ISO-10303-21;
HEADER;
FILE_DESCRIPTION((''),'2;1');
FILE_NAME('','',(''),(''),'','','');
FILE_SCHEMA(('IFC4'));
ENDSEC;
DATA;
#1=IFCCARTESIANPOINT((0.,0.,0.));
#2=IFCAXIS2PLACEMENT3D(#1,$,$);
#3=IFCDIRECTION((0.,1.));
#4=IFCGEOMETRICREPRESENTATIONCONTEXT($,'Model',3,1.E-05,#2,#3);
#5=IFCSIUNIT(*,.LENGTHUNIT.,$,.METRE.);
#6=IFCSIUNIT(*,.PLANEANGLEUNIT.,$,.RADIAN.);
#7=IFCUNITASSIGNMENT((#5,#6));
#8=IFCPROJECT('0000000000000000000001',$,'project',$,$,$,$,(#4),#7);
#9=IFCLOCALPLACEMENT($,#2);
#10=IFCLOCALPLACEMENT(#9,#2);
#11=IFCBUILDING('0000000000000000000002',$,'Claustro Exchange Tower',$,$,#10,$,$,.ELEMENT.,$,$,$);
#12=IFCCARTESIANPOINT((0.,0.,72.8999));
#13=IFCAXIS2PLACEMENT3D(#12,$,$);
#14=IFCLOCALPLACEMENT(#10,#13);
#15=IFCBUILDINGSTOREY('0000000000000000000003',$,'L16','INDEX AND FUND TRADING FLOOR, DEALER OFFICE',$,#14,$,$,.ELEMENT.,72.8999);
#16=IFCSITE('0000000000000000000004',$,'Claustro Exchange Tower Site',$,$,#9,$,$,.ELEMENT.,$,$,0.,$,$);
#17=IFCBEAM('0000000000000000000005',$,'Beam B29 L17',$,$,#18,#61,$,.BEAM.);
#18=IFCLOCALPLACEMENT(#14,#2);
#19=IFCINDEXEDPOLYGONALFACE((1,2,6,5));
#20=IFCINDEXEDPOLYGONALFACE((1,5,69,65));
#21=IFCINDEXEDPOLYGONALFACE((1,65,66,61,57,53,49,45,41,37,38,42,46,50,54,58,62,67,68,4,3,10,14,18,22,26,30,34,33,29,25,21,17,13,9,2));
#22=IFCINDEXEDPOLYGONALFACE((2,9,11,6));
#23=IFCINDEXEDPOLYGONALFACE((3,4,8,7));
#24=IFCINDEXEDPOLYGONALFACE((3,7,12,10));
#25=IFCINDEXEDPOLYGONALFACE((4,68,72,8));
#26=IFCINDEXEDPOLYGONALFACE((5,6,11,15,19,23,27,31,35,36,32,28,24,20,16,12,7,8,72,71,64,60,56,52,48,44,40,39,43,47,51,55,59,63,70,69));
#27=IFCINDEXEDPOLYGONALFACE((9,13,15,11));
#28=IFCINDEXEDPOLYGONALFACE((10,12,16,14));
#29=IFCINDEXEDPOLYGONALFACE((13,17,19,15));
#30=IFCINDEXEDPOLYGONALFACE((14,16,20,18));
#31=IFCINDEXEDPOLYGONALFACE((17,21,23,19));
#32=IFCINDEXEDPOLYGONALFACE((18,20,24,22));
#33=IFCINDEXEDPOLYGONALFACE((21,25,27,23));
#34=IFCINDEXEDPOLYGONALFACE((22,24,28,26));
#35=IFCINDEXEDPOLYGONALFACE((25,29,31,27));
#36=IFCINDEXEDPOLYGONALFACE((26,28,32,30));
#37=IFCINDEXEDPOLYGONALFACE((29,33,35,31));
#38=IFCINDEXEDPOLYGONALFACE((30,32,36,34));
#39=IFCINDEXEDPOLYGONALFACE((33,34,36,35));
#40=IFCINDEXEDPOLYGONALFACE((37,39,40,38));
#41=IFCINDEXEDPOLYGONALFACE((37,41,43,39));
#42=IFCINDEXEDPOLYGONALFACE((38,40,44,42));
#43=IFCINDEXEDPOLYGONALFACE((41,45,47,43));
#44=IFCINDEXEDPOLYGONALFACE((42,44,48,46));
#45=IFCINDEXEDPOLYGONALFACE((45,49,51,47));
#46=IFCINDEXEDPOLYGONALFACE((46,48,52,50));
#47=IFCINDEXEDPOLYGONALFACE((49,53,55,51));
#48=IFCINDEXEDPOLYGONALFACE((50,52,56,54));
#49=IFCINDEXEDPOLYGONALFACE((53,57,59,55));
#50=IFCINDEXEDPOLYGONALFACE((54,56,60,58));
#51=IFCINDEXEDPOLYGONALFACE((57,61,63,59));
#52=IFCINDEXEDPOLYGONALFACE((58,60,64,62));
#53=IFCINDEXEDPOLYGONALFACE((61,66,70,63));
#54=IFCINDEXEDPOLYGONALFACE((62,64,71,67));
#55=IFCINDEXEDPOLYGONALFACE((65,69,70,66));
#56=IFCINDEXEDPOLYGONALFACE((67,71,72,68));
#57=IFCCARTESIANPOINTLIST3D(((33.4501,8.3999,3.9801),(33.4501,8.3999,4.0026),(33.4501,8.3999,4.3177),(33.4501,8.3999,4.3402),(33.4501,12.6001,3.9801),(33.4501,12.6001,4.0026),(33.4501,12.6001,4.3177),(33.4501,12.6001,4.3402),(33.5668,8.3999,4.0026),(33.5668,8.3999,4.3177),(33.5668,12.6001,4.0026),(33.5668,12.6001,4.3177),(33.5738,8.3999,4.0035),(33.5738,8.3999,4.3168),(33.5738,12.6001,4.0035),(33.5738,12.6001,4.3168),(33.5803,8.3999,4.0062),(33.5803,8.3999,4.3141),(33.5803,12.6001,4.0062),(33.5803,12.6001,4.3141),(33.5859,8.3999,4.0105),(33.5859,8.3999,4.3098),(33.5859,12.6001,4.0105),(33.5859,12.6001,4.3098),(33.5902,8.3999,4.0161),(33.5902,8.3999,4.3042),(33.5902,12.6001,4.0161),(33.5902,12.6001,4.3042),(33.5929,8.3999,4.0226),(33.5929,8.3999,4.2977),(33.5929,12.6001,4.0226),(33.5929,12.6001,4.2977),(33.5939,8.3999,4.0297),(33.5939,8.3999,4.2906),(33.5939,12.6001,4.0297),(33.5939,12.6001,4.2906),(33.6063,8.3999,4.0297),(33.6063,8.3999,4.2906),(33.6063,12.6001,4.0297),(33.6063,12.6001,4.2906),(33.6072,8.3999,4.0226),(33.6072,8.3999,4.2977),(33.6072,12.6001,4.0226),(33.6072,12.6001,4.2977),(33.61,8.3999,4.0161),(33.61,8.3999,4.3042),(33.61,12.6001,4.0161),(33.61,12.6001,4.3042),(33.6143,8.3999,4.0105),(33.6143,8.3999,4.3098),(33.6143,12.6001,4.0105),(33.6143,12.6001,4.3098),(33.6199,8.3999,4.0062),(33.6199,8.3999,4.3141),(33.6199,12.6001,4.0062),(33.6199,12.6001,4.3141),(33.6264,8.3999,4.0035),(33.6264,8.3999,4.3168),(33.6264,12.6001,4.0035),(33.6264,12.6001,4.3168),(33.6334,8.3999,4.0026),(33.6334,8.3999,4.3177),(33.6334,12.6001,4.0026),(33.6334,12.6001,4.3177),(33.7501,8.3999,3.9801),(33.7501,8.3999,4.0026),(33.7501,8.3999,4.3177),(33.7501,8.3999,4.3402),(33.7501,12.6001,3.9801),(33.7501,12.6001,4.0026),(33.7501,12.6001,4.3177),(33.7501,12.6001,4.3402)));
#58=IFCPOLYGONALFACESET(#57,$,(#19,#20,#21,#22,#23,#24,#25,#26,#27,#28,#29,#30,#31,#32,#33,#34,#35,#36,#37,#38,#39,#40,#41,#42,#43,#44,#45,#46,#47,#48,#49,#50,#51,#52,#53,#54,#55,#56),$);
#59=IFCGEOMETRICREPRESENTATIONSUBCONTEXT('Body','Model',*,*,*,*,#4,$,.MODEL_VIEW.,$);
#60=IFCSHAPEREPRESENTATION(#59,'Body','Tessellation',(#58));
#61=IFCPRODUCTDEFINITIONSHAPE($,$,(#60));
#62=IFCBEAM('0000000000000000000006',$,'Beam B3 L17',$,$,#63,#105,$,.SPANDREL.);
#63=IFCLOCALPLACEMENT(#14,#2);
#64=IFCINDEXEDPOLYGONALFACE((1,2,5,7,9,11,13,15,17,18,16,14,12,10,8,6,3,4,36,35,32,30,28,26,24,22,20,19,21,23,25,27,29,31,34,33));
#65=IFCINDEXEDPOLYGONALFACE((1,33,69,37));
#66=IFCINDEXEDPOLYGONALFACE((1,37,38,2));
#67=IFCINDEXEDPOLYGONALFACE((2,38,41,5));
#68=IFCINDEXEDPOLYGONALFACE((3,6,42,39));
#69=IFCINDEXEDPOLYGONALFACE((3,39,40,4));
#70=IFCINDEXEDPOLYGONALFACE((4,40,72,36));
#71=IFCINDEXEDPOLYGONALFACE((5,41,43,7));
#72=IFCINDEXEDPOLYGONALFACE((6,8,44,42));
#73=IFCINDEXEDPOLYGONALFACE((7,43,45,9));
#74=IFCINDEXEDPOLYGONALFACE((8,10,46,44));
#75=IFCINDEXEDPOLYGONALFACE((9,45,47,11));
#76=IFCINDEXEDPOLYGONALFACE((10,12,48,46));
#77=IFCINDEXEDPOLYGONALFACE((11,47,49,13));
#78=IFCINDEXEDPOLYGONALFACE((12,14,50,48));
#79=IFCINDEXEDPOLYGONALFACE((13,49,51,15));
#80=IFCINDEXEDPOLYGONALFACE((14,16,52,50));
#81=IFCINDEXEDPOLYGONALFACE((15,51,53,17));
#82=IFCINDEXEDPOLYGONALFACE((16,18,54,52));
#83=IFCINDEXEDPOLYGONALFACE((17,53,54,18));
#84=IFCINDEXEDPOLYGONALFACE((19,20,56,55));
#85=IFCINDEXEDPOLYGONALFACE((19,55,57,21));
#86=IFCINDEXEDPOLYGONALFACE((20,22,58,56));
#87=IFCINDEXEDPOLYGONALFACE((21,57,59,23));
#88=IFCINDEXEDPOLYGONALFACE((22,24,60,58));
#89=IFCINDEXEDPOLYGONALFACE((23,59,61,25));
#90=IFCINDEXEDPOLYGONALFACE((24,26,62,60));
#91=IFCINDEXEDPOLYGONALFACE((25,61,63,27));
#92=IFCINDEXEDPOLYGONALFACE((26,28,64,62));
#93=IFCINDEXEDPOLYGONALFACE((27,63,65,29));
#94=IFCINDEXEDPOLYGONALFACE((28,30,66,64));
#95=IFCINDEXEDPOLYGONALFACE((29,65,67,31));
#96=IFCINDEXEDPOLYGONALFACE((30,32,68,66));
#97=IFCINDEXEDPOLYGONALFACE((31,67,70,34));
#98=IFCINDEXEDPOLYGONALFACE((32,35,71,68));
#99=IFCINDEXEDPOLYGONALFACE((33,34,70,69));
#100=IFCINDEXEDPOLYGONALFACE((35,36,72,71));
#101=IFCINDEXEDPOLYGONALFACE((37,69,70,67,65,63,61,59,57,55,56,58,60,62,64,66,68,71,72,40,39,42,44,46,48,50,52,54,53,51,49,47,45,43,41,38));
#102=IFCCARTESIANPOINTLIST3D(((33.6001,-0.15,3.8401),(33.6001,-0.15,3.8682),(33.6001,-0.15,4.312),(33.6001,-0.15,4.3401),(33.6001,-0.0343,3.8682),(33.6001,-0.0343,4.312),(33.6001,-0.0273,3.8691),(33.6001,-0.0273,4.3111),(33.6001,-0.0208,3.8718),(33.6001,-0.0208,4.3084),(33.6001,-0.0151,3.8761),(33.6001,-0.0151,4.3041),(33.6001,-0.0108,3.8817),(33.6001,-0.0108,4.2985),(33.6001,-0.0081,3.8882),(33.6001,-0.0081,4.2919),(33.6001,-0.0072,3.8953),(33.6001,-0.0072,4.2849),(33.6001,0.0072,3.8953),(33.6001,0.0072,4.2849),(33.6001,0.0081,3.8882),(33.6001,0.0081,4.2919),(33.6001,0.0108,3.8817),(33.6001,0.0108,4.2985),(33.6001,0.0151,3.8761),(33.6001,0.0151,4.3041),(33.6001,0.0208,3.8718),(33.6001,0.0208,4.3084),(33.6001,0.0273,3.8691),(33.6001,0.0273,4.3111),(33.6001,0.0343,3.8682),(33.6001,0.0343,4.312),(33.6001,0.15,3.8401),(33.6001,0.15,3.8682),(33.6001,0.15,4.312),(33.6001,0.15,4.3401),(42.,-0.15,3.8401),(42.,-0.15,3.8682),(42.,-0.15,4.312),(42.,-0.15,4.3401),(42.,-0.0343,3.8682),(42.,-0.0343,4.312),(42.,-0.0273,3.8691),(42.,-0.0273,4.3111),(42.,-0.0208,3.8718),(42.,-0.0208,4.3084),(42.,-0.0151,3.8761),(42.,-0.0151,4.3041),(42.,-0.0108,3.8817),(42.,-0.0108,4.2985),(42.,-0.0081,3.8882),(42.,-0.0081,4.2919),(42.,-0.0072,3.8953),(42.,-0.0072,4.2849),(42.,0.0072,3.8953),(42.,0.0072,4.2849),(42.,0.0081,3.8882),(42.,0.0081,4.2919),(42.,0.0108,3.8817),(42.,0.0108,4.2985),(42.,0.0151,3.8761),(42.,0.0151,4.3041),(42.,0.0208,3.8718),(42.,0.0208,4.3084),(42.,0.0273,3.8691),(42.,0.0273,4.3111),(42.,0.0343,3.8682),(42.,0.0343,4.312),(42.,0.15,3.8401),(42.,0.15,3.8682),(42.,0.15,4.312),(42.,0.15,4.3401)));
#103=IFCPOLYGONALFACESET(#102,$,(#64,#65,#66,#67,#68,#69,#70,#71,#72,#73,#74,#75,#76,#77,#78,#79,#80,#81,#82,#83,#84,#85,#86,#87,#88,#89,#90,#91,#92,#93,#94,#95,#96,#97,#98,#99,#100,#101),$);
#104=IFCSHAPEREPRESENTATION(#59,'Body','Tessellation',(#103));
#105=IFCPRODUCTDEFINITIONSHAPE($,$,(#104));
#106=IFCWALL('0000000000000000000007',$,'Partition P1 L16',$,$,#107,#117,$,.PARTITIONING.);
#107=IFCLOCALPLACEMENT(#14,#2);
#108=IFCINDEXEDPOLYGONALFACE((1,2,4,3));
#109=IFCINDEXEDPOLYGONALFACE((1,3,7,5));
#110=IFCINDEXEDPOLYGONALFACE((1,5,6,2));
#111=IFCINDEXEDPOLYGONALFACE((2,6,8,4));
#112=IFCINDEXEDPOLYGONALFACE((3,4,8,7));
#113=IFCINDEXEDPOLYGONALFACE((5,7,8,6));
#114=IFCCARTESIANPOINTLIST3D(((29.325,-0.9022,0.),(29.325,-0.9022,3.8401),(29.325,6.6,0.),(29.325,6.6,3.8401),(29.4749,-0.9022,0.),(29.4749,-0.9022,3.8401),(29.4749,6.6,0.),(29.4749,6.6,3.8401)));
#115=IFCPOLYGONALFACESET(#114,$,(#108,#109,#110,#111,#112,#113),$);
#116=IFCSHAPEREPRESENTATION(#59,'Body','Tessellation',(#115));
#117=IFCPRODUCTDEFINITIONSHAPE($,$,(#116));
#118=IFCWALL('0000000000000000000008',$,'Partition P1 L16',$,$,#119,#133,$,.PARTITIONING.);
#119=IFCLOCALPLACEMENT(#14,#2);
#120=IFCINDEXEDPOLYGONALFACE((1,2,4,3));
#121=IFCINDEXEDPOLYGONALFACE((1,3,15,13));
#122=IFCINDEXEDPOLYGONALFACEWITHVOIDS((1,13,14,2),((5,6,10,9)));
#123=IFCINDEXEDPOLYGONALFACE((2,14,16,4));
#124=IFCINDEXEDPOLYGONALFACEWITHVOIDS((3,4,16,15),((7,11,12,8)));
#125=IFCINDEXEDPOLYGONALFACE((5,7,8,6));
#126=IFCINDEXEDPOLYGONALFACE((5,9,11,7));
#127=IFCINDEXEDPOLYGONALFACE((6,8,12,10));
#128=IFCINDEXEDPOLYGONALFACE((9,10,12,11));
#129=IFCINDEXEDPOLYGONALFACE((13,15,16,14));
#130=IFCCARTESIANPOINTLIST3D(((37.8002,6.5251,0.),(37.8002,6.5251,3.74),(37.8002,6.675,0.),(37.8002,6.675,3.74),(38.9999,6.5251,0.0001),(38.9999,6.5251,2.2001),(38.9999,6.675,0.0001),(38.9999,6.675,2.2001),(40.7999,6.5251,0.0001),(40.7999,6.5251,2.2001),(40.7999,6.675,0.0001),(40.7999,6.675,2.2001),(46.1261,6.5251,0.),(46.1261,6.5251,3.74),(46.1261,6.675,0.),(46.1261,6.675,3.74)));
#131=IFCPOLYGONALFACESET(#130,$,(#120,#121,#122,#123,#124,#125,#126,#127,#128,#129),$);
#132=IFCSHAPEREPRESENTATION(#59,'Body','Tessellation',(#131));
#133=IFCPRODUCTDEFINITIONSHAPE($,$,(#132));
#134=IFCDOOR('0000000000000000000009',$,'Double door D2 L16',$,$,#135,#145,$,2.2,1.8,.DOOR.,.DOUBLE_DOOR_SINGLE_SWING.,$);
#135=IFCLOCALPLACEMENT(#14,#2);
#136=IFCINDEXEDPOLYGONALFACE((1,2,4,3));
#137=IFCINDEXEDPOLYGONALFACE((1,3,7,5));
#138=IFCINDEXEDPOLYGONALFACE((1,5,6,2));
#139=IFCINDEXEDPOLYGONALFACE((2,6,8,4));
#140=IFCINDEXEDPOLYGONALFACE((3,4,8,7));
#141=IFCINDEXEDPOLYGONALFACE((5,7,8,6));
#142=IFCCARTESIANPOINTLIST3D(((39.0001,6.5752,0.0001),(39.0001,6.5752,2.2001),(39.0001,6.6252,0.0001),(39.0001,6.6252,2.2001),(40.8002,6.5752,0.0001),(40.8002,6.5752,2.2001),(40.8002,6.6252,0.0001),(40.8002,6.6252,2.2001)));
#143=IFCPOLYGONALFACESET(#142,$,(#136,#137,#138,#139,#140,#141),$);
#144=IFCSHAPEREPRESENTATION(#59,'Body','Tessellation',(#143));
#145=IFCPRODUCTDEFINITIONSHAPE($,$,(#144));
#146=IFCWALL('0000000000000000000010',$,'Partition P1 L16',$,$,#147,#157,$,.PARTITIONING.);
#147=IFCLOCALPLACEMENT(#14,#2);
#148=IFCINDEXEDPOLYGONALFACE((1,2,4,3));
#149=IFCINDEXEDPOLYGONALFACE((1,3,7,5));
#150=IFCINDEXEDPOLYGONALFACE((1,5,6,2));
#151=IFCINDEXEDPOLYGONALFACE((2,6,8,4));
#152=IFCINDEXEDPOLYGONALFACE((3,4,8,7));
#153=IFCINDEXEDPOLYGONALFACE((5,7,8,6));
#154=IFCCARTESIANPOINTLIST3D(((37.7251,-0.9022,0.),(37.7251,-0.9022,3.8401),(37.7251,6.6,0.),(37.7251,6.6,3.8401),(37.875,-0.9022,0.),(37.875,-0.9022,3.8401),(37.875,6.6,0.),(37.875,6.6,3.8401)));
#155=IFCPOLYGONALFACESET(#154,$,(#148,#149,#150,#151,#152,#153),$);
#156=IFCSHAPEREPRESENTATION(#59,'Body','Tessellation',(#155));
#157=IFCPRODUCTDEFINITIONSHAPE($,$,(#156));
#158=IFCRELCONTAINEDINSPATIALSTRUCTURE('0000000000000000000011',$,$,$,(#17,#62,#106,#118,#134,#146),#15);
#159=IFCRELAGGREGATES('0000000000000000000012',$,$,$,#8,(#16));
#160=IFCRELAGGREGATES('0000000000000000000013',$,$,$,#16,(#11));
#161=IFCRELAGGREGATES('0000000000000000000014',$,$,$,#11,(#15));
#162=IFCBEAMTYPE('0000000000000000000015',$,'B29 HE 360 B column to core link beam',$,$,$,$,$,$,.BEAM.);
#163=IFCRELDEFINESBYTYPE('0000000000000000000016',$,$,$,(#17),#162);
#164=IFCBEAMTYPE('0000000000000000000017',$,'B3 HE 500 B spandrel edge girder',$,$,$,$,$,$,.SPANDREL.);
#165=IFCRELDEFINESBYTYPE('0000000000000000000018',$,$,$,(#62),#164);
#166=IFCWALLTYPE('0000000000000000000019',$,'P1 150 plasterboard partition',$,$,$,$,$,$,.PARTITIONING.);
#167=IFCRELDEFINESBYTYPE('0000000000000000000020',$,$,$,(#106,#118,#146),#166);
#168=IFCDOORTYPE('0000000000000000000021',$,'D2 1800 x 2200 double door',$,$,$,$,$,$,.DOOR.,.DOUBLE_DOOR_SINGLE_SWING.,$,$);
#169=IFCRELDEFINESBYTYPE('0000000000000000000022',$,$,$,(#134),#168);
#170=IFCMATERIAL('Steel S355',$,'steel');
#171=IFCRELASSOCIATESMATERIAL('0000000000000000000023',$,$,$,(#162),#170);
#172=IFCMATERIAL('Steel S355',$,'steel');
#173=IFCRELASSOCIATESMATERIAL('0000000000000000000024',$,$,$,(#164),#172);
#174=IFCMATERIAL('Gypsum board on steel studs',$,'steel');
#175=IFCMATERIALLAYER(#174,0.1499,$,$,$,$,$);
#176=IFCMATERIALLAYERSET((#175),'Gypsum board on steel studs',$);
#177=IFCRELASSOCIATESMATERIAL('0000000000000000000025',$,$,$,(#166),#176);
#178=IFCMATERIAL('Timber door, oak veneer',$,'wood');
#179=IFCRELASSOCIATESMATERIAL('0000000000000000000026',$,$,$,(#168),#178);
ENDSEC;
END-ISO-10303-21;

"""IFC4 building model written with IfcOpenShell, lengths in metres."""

from ifc_helpers import new_model, si_unit, direction, frame, frame_2d, origin, origin_2d, place, context, subcontext, project, spatial, rectangle, i_section, extrude, material, layer, layer_set, material_profile, profile_set, type_object, element, fill, save


model = new_model("IFC4")

# Units and contexts
model_context = context("Model", 3, precision=1e-05, world=origin(), true_north=direction((0.0, 1.0)))
body_context = subcontext(model_context, "Body", "Model", "MODEL_VIEW")
ifc_project = project(units=[si_unit("LENGTHUNIT", "METRE"), si_unit("PLANEANGLEUNIT", "RADIAN")], contexts=[model_context])

# Site, building, storey
site_placement = place(None, origin())
site = spatial("IfcSite", under=ifc_project, at=site_placement, Name="Claustro Exchange Tower Site", CompositionType="ELEMENT", RefElevation=0.0)
building_placement = place(site_placement, origin())
building = spatial("IfcBuilding", under=site, at=building_placement, Name="Claustro Exchange Tower", CompositionType="ELEMENT")
storey_placement = place(building_placement, frame((0.0, 0.0, 72.8999)))
storey = spatial("IfcBuildingStorey", under=building, at=storey_placement, Name="L16", Description="INDEX AND FUND TRADING FLOOR, DEALER OFFICE", CompositionType="ELEMENT", Elevation=72.8999)

# Beams
ifc_material_1 = material(Name="Steel S355", Category="steel")
ifc_material_profile_1 = material_profile(ifc_material_1, i_section(OverallWidth=0.3, OverallDepth=0.3601, WebThickness=0.0125, FlangeThickness=0.0225, FilletRadius=0.0271, at=origin_2d()), Name="HE 360 B")
ifc_profile_set_1 = profile_set([ifc_material_profile_1], Name="Steel S355")
beam_type_1 = type_object("IfcBeamType", Name="B29 HE 360 B column to core link beam", PredefinedType="BEAM", material=ifc_profile_set_1)
beam_1_placement = place(storey_placement, frame((33.6001, 8.3999, 4.1602), z_axis=(0.0, 1.0, 0.0), x_axis=(-1.0, 0.0, 0.0)))
element("IfcBeam", 1, at=beam_1_placement, inside=storey, type_object=beam_type_1, Name="Beam B29 L17", PredefinedType="BEAM", context=body_context, shape_type="SweptSolid", body=[
    extrude(i_section(OverallWidth=0.3, OverallDepth=0.3601, WebThickness=0.0125, FlangeThickness=0.0225, FilletRadius=0.0271, at=origin_2d()), origin(), (0.0, 0.0, 1.0), 4.2002),
])
ifc_material_2 = material(Name="Steel S355", Category="steel")
ifc_material_profile_2 = material_profile(ifc_material_2, i_section(OverallWidth=0.3, OverallDepth=0.5, WebThickness=0.0144, FlangeThickness=0.0281, FilletRadius=0.0271, at=origin_2d()), Name="HE 500 B")
ifc_profile_set_2 = profile_set([ifc_material_profile_2], Name="Steel S355")
beam_type_2 = type_object("IfcBeamType", Name="B3 HE 500 B spandrel edge girder", PredefinedType="SPANDREL", material=ifc_profile_set_2)
beam_2_placement = place(storey_placement, frame((33.6001, 0.0, 4.0901), z_axis=(1.0, 0.0, 0.0), x_axis=(0.0, 1.0, 0.0)))
element("IfcBeam", 2, at=beam_2_placement, inside=storey, type_object=beam_type_2, Name="Beam B3 L17", PredefinedType="SPANDREL", context=body_context, shape_type="SweptSolid", body=[
    extrude(i_section(OverallWidth=0.3, OverallDepth=0.5, WebThickness=0.0144, FlangeThickness=0.0281, FilletRadius=0.0271, at=origin_2d()), origin(), (0.0, 0.0, 1.0), 8.3999),
])

# Wall
ifc_material_3 = material(Name="Gypsum board on steel studs", Category="steel")
ifc_layer_1 = layer(ifc_material_3, 0.1499)
ifc_layer_set_1 = layer_set([ifc_layer_1], Name="Gypsum board on steel studs")
wall_type_1 = type_object("IfcWallType", Name="P1 150 plasterboard partition", PredefinedType="PARTITIONING", material=ifc_layer_set_1)
wall_1_placement = place(storey_placement, frame((29.3999, -0.9021, 0.0), z_axis=(0.0, 0.0, 1.0), x_axis=(0.0, 1.0, 0.0)))
element("IfcWall", 3, at=wall_1_placement, inside=storey, type_object=wall_type_1, Name="Partition P1 L16", PredefinedType="PARTITIONING", context=body_context, shape_type="SweptSolid", body=[
    extrude(rectangle(XDim=7.5022, YDim=0.1499, at=frame_2d((3.751, 0.0))), origin(), (0.0, 0.0, 1.0), 3.8401),
])

# Wall, opening, door
wall_2_placement = place(storey_placement, frame((37.8, 6.6001, 0.0), z_axis=(0.0, 0.0, 1.0), x_axis=(1.0, 0.0, 0.0)))
wall_2 = element("IfcWall", 4, at=wall_2_placement, inside=storey, type_object=wall_type_1, Name="Partition P1 L16", PredefinedType="PARTITIONING", context=body_context, shape_type="SweptSolid", body=[
    extrude(rectangle(XDim=8.3259, YDim=0.1499, at=frame_2d((4.1631, 0.0))), origin(), (0.0, 0.0, 1.0), 3.74),
])
opening_1_placement = place(wall_2_placement, frame((1.2, 0.0, 0.0)))
opening_1 = element("IfcOpeningElement", 5, at=opening_1_placement, cuts=wall_2, PredefinedType="OPENING", context=body_context, shape_type="SweptSolid", body=[
    extrude(rectangle(XDim=1.8, YDim=2.2, at=frame_2d((0.8999, 1.1001))), frame((0.0, 0.085, 0.0), z_axis=(0.0, -1.0, 0.0), x_axis=(1.0, 0.0, 0.0)), (0.0, 0.0, 1.0), 0.1699),
])
ifc_material_4 = material(Name="Timber door, oak veneer", Category="wood")
door_type_1 = type_object("IfcDoorType", Name="D2 1800 x 2200 double door", OperationType="DOUBLE_DOOR_SINGLE_SWING", PredefinedType="DOOR", material=ifc_material_4)
door_1_placement = place(opening_1_placement, frame((1.8, 0.0, 0.0), z_axis=(0.0, 0.0, 1.0), x_axis=(-1.0, 0.0, 0.0)))
door_1 = element("IfcDoor", 6, at=door_1_placement, inside=storey, type_object=door_type_1, Name="Double door D2 L16", OperationType="DOUBLE_DOOR_SINGLE_SWING", OverallHeight=2.2, OverallWidth=1.8, PredefinedType="DOOR", context=body_context, shape_type="SweptSolid", body=[
    extrude(rectangle(XDim=1.8, YDim=2.2, at=frame_2d((0.8999, 1.1001))), frame((0.0, 0.0249, 0.0), z_axis=(0.0, -1.0, 0.0), x_axis=(1.0, 0.0, 0.0)), (0.0, 0.0, 1.0), 0.05),
])
fill(opening_1, door_1)

# Wall
wall_3_placement = place(storey_placement, frame((37.8, -0.9021, 0.0), z_axis=(0.0, 0.0, 1.0), x_axis=(0.0, 1.0, 0.0)))
element("IfcWall", 7, at=wall_3_placement, inside=storey, type_object=wall_type_1, Name="Partition P1 L16", PredefinedType="PARTITIONING", context=body_context, shape_type="SweptSolid", body=[
    extrude(rectangle(XDim=7.5022, YDim=0.1499, at=frame_2d((3.751, 0.0))), origin(), (0.0, 0.0, 1.0), 3.8401),
])

save(model, "model.ifc")
